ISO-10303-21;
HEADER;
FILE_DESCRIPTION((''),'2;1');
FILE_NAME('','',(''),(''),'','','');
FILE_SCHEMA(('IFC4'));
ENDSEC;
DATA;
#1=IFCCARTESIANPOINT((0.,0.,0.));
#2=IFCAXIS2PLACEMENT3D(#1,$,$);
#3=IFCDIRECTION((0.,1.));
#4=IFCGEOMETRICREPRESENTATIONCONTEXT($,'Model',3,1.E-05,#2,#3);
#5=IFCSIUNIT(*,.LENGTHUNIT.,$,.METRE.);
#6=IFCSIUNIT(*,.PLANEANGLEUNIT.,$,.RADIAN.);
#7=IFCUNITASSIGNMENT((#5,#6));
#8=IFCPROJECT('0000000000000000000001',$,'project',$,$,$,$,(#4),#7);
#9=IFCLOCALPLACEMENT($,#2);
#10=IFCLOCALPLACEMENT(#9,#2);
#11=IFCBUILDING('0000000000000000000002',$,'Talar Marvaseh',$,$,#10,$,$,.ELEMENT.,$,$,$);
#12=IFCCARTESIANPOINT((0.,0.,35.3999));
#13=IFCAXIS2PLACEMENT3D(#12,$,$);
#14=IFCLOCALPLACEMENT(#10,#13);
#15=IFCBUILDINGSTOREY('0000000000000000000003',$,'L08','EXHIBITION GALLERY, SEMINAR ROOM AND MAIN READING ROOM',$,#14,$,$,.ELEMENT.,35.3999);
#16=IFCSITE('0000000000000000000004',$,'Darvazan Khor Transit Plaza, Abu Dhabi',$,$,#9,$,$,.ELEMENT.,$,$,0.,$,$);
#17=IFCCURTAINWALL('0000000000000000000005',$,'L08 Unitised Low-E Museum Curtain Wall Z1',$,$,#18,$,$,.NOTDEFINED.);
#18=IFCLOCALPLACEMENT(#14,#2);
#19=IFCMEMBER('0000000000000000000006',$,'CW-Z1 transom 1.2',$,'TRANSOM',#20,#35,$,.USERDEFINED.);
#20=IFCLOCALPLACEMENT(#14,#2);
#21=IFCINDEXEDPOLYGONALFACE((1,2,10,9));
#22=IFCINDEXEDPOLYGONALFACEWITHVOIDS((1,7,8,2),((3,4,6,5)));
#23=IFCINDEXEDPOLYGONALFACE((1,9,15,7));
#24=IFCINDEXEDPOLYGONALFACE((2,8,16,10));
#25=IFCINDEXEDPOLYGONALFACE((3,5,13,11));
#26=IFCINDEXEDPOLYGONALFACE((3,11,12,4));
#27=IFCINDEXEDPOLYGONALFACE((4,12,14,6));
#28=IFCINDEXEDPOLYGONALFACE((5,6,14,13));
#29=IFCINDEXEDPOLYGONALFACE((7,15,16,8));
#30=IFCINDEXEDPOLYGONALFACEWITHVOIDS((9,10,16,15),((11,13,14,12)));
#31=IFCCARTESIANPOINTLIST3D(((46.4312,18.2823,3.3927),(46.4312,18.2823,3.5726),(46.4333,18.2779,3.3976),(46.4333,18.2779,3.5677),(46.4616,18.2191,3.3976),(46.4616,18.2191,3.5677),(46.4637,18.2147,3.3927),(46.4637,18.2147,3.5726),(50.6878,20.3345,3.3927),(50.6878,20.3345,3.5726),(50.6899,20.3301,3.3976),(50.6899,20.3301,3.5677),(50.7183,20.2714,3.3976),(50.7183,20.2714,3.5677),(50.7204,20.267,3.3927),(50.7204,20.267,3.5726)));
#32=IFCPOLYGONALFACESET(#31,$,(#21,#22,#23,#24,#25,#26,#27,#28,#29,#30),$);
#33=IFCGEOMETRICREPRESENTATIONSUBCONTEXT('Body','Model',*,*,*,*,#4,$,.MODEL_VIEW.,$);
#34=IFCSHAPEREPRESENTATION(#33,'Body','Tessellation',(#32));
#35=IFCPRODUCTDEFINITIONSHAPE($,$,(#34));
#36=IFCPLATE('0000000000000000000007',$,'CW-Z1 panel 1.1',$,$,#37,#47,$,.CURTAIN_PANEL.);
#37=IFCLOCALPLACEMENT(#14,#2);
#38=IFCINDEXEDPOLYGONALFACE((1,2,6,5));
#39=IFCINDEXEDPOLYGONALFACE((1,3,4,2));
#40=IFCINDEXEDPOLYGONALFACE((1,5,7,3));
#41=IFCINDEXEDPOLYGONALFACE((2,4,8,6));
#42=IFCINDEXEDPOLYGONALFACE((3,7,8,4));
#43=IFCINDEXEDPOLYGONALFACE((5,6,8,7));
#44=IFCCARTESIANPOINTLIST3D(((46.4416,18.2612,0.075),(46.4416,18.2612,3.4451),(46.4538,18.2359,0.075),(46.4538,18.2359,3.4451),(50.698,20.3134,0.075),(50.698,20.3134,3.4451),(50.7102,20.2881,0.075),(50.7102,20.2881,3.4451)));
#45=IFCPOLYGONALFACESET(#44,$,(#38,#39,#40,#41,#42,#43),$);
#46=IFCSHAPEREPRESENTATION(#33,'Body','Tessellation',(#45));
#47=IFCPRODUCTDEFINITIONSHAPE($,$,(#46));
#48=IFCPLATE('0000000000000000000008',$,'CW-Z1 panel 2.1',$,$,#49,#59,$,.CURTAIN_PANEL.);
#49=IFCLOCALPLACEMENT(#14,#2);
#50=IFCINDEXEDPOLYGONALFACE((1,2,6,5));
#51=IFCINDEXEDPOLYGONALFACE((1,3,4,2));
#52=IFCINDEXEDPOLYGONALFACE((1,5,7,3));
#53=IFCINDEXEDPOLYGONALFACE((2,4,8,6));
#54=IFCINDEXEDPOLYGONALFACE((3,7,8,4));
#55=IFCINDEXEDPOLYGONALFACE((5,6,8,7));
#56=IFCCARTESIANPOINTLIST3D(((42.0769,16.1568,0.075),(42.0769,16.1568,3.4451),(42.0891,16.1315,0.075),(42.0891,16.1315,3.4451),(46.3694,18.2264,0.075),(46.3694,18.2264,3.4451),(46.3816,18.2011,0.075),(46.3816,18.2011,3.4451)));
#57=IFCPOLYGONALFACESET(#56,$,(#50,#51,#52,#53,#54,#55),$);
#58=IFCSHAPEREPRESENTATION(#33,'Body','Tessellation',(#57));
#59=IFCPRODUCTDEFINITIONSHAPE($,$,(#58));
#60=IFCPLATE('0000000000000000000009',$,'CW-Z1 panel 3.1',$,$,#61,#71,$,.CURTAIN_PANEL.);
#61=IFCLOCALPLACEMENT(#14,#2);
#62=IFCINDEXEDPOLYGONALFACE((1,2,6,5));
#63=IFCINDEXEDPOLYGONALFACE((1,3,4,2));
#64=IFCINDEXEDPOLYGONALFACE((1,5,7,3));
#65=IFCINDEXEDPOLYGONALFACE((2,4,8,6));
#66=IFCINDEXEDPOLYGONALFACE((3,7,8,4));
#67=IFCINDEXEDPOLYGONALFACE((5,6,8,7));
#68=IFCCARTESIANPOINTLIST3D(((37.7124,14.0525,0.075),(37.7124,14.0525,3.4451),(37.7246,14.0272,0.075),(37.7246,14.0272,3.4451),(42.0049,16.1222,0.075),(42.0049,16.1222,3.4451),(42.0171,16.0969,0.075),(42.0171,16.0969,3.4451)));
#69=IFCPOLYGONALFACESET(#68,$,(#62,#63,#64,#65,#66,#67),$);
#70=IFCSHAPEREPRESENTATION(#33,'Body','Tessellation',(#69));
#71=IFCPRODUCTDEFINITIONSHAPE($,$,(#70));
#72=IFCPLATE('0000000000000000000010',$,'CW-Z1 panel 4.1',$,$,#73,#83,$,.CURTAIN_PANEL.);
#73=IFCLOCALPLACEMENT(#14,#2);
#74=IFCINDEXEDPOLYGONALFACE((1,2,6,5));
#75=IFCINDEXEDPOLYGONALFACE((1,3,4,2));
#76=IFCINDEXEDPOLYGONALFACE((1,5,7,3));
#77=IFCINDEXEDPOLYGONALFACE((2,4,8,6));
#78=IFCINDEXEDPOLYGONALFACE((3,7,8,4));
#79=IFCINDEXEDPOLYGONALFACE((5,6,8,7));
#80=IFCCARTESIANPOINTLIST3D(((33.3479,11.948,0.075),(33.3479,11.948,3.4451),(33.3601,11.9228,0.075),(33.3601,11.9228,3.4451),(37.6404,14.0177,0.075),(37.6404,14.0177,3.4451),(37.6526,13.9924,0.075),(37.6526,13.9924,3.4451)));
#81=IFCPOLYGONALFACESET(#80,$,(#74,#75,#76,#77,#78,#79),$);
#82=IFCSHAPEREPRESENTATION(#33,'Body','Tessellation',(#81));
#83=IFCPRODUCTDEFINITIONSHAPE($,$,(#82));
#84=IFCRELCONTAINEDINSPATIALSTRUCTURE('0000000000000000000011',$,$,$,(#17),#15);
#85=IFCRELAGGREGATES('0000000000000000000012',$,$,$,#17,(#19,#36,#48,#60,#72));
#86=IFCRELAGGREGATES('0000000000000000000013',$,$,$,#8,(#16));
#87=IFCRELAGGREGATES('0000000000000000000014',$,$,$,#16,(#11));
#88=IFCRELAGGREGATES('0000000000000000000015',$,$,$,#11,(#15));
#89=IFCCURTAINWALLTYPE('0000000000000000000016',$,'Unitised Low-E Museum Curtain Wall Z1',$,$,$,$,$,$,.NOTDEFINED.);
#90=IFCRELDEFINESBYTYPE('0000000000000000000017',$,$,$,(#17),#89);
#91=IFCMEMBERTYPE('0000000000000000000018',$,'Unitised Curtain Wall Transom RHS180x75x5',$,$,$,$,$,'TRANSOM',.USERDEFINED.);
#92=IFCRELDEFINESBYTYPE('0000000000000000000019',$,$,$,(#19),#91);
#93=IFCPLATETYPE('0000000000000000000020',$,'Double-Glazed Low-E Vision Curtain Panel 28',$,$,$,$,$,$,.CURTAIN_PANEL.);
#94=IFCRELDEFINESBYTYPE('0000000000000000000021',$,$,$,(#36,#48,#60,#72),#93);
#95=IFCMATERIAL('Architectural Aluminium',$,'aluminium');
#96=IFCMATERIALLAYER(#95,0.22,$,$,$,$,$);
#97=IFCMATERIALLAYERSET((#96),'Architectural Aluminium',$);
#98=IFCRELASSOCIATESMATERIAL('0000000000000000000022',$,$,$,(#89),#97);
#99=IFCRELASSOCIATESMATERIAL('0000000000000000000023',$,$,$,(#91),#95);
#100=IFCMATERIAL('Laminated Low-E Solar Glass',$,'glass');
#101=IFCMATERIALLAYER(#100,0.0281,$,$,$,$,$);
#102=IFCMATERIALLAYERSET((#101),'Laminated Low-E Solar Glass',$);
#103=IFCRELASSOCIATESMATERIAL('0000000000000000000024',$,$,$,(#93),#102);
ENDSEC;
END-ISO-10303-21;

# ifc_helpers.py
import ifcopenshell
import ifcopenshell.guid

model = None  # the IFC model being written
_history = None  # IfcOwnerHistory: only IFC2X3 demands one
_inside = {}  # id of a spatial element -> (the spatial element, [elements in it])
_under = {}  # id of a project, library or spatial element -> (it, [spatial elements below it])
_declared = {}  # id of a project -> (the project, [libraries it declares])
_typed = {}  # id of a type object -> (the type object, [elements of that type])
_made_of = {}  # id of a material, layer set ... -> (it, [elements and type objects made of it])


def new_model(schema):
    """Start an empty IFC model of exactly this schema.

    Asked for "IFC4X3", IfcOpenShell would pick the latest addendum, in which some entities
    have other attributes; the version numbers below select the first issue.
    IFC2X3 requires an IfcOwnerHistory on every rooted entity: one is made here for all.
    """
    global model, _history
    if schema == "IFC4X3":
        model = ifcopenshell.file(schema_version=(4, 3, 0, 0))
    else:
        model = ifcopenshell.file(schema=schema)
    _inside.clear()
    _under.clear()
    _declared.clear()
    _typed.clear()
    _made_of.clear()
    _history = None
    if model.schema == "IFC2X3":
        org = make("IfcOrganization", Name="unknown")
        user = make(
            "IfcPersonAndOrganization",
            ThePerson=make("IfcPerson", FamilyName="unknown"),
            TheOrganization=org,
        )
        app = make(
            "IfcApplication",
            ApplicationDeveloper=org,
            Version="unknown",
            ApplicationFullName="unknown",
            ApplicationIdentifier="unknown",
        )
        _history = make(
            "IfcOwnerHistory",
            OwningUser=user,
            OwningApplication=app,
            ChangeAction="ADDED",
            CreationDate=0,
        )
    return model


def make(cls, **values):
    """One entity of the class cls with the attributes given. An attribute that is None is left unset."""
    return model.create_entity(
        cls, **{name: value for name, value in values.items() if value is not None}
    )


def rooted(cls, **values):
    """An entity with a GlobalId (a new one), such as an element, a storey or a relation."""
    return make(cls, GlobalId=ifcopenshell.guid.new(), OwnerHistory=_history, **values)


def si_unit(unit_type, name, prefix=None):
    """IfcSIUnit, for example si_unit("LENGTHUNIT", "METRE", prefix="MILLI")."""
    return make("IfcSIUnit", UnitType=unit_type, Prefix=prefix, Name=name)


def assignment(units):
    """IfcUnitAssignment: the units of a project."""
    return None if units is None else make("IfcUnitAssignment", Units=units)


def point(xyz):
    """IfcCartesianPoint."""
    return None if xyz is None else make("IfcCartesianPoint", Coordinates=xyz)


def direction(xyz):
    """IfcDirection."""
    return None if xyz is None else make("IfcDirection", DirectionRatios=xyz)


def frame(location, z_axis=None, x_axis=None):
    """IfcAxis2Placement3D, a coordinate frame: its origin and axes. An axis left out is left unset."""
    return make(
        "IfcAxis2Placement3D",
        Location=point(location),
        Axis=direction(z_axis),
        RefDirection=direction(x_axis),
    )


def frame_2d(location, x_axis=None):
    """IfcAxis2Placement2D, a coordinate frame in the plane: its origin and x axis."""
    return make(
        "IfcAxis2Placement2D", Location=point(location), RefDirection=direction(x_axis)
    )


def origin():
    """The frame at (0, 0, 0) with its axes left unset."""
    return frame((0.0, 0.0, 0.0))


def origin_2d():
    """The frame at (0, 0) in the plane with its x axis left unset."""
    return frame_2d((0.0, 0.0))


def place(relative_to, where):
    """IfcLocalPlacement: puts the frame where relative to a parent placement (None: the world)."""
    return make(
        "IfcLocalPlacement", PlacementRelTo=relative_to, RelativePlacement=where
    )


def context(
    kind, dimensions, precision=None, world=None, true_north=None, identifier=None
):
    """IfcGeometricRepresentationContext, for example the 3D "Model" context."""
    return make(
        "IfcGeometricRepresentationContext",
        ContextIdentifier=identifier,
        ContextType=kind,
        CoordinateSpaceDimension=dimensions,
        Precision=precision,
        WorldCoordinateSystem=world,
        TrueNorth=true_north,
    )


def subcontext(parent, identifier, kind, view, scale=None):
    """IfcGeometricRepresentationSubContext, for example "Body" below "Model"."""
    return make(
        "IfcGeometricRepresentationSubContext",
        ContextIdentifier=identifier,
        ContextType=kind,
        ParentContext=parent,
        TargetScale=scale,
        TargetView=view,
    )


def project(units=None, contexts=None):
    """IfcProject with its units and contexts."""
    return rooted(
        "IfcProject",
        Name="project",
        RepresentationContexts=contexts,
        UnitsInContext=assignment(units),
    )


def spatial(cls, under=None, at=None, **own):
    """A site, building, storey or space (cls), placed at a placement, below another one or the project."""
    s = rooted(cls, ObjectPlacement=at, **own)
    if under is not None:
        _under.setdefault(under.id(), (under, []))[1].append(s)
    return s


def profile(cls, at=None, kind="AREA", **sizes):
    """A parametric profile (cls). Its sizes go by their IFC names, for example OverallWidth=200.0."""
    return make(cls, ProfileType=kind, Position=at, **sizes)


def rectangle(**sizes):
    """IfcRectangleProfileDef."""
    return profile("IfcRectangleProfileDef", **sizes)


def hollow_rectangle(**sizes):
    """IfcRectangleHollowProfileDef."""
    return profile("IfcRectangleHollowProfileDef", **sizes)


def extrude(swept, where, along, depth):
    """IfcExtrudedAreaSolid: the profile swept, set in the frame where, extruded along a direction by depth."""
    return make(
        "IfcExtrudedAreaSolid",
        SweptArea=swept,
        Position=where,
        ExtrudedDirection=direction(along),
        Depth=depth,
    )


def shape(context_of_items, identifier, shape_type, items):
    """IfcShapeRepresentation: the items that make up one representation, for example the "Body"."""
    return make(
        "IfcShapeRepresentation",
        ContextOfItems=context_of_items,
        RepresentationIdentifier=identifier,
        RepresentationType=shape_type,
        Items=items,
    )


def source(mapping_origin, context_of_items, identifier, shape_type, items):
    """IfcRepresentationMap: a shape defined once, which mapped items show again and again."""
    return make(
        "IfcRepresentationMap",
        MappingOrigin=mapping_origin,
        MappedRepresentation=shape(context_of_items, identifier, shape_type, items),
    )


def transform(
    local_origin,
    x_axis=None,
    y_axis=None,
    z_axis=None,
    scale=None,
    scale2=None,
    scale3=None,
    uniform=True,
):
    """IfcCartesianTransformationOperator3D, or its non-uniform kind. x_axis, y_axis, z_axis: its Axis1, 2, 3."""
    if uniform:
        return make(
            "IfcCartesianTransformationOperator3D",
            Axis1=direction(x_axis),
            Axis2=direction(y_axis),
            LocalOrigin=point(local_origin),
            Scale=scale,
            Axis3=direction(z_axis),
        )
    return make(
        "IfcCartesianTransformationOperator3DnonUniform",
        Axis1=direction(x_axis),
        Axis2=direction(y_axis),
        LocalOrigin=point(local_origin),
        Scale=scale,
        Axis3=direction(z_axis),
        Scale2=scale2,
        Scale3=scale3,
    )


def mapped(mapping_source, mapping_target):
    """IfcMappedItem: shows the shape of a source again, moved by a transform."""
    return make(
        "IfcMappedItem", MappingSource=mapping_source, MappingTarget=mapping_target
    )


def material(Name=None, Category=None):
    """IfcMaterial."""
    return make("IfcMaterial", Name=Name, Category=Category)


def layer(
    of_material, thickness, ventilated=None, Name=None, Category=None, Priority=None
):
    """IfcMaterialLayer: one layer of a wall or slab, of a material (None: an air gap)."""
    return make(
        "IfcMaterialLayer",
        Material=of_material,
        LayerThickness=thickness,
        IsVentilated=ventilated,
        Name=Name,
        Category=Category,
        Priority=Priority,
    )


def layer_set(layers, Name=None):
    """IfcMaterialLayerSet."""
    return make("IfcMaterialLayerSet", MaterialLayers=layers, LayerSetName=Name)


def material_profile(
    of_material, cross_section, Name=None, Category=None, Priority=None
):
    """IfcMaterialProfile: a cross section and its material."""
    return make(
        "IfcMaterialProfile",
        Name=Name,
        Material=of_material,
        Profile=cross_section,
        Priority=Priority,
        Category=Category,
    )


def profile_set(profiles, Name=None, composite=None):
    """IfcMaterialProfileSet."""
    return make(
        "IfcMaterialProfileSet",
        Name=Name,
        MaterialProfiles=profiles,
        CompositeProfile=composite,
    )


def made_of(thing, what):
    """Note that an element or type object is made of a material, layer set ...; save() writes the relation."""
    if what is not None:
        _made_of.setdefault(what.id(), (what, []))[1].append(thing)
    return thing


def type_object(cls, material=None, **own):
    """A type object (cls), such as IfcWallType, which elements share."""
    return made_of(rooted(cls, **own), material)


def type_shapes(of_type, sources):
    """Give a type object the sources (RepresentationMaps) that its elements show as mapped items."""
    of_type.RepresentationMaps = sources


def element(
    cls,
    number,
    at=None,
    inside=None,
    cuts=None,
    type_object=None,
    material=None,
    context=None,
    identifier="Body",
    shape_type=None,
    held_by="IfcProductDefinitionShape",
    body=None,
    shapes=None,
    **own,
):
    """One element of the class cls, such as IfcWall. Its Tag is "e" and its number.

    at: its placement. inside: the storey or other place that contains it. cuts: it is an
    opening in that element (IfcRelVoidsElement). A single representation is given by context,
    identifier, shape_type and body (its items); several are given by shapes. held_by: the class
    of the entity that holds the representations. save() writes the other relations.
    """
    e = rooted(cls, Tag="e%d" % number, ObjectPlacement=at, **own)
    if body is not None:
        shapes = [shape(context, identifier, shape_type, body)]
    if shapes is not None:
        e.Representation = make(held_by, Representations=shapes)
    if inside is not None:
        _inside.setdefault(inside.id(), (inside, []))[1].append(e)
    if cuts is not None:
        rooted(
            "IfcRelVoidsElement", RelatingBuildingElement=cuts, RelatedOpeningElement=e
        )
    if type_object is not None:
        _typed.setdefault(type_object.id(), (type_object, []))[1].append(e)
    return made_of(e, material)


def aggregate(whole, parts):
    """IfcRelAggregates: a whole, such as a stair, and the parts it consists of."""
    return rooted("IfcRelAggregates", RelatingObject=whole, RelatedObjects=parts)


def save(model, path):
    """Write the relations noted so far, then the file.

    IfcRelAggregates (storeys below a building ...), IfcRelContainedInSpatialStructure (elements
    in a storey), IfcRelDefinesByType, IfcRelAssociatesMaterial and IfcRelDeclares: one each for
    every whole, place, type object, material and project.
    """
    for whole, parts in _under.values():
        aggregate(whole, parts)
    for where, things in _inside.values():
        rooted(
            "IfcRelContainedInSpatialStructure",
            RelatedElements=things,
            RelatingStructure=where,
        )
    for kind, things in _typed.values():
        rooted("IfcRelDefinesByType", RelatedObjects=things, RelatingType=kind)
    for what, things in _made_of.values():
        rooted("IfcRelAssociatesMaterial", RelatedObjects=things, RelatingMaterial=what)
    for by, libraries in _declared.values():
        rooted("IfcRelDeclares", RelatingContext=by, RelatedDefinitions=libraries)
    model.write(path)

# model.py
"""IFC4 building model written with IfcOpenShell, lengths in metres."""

from ifc_helpers import new_model, si_unit, direction, frame, origin, origin_2d, place, context, subcontext, project, spatial, rectangle, hollow_rectangle, extrude, source, transform, mapped, material, layer, layer_set, material_profile, profile_set, type_object, type_shapes, element, aggregate, save


model = new_model("IFC4")

# Units and contexts
model_context = context("Model", 3, precision=1e-05, world=origin(), true_north=direction((0.0, 1.0)))
body_context = subcontext(model_context, "Body", "Model", "MODEL_VIEW")
ifc_project = project(units=[si_unit("LENGTHUNIT", "METRE"), si_unit("PLANEANGLEUNIT", "RADIAN")], contexts=[model_context])

# Site, building, storey
site_placement = place(None, origin())
site = spatial("IfcSite", under=ifc_project, at=site_placement, Name="Darvazan Khor Transit Plaza, Abu Dhabi", CompositionType="ELEMENT", RefElevation=0.0)
building_placement = place(site_placement, origin())
building = spatial("IfcBuilding", under=site, at=building_placement, Name="Talar Marvaseh", CompositionType="ELEMENT")
storey_placement = place(building_placement, frame((0.0, 0.0, 35.3999)))
storey = spatial("IfcBuildingStorey", under=building, at=storey_placement, Name="L08", Description="EXHIBITION GALLERY, SEMINAR ROOM AND MAIN READING ROOM", CompositionType="ELEMENT", Elevation=35.3999)

# Curtain wall, member, plates
ifc_material_1 = material(Name="Architectural Aluminium", Category="aluminium")
ifc_layer_1 = layer(ifc_material_1, 0.22)
ifc_layer_set_1 = layer_set([ifc_layer_1], Name="Architectural Aluminium")
curtain_wall_type = type_object("IfcCurtainWallType", Name="Unitised Low-E Museum Curtain Wall Z1", PredefinedType="NOTDEFINED", material=ifc_layer_set_1)
curtain_wall_placement = place(storey_placement, origin())
curtain_wall = element("IfcCurtainWall", 1, at=curtain_wall_placement, inside=storey, type_object=curtain_wall_type, Name="L08 Unitised Low-E Museum Curtain Wall Z1", PredefinedType="NOTDEFINED")
ifc_material_profile_1 = material_profile(ifc_material_1, hollow_rectangle(XDim=0.075, YDim=0.1799, WallThickness=0.0049, at=origin_2d()), Name="RHS180x75x5")
ifc_profile_set_1 = profile_set([ifc_material_profile_1], Name="Architectural Aluminium")
member_type_1 = type_object("IfcMemberType", Name="Unitised Curtain Wall Transom RHS180x75x5", ElementType="TRANSOM", PredefinedType="USERDEFINED", material=ifc_profile_set_1)
shared_shape_1 = source(origin(), body_context, "Body", "SweptSolid", [
    extrude(hollow_rectangle(XDim=0.075, YDim=0.1799, WallThickness=0.0049, at=origin_2d()), origin(), (0.0, 0.0, 1.0), 4.7256),
])
member_1_placement = place(storey_placement, frame((50.7041, 20.3008, 3.4827), z_axis=(-0.900772, -0.434292, 0.0), x_axis=(0.434292, -0.900772, 0.0)))
member_1 = element("IfcMember", 2, at=member_1_placement, type_object=member_type_1, Name="CW-Z1 transom 1.2", ObjectType="TRANSOM", PredefinedType="USERDEFINED", context=body_context, shape_type="MappedRepresentation", body=[
    mapped(shared_shape_1, transform((0.0, 0.0, 0.0), x_axis=(1.0, 0.0, 0.0), y_axis=(0.0, 1.0, 0.0), z_axis=(0.0, 0.0, 1.0), scale=1.0)),
])
ifc_material_2 = material(Name="Laminated Low-E Solar Glass", Category="glass")
ifc_layer_2 = layer(ifc_material_2, 0.0281)
ifc_layer_set_2 = layer_set([ifc_layer_2], Name="Laminated Low-E Solar Glass")
plate_type = type_object("IfcPlateType", Name="Double-Glazed Low-E Vision Curtain Panel 28", PredefinedType="CURTAIN_PANEL", material=ifc_layer_set_2)
shared_shape_2 = source(origin(), body_context, "Body", "SweptSolid", [
    extrude(rectangle(XDim=4.7253, YDim=0.0281, at=origin_2d()), origin(), (0.0, 0.0, 1.0), 3.3701),
])
plate_1_placement = place(storey_placement, frame((48.5759, 19.2747, 0.075), z_axis=(0.0, 0.0, 1.0), x_axis=(-0.900765, -0.434307, 0.0)))
plate_1 = element("IfcPlate", 3, at=plate_1_placement, type_object=plate_type, Name="CW-Z1 panel 1.1", PredefinedType="CURTAIN_PANEL", context=body_context, shape_type="MappedRepresentation", body=[
    mapped(shared_shape_2, transform((0.0, 0.0, 0.0), x_axis=(1.0, 0.0, 0.0), y_axis=(0.0, 1.0, 0.0), z_axis=(0.0, 0.0, 1.0), scale=1.0)),
])
shared_shape_3 = source(origin(), body_context, "Body", "SweptSolid", [
    extrude(rectangle(XDim=4.7654, YDim=0.0281, at=origin_2d()), origin(), (0.0, 0.0, 1.0), 3.3701),
])
type_shapes(plate_type, [shared_shape_2, shared_shape_3])
plate_2_placement = place(storey_placement, frame((44.2292, 17.179, 0.075), z_axis=(0.0, 0.0, 1.0), x_axis=(-0.900765, -0.434307, 0.0)))
plate_2 = element("IfcPlate", 4, at=plate_2_placement, type_object=plate_type, Name="CW-Z1 panel 2.1", PredefinedType="CURTAIN_PANEL", context=body_context, shape_type="MappedRepresentation", body=[
    mapped(shared_shape_3, transform((0.0, 0.0, 0.0), x_axis=(1.0, 0.0, 0.0), y_axis=(0.0, 1.0, 0.0), z_axis=(0.0, 0.0, 1.0), scale=1.0)),
])
plate_3_placement = place(storey_placement, frame((39.8647, 15.0747, 0.075), z_axis=(0.0, 0.0, 1.0), x_axis=(-0.900765, -0.434307, 0.0)))
plate_3 = element("IfcPlate", 5, at=plate_3_placement, type_object=plate_type, Name="CW-Z1 panel 3.1", PredefinedType="CURTAIN_PANEL", context=body_context, shape_type="MappedRepresentation", body=[
    mapped(shared_shape_3, transform((0.0, 0.0, 0.0), x_axis=(1.0, 0.0, 0.0), y_axis=(0.0, 1.0, 0.0), z_axis=(0.0, 0.0, 1.0), scale=1.0)),
])
plate_4_placement = place(storey_placement, frame((35.5002, 12.9702, 0.075), z_axis=(0.0, 0.0, 1.0), x_axis=(-0.900765, -0.434307, 0.0)))
plate_4 = element("IfcPlate", 6, at=plate_4_placement, type_object=plate_type, Name="CW-Z1 panel 4.1", PredefinedType="CURTAIN_PANEL", context=body_context, shape_type="MappedRepresentation", body=[
    mapped(shared_shape_3, transform((0.0, 0.0, 0.0), x_axis=(1.0, 0.0, 0.0), y_axis=(0.0, 1.0, 0.0), z_axis=(0.0, 0.0, 1.0), scale=1.0)),
])
aggregate(curtain_wall, [member_1, plate_1, plate_2, plate_3, plate_4])

save(model, "model.ifc")
